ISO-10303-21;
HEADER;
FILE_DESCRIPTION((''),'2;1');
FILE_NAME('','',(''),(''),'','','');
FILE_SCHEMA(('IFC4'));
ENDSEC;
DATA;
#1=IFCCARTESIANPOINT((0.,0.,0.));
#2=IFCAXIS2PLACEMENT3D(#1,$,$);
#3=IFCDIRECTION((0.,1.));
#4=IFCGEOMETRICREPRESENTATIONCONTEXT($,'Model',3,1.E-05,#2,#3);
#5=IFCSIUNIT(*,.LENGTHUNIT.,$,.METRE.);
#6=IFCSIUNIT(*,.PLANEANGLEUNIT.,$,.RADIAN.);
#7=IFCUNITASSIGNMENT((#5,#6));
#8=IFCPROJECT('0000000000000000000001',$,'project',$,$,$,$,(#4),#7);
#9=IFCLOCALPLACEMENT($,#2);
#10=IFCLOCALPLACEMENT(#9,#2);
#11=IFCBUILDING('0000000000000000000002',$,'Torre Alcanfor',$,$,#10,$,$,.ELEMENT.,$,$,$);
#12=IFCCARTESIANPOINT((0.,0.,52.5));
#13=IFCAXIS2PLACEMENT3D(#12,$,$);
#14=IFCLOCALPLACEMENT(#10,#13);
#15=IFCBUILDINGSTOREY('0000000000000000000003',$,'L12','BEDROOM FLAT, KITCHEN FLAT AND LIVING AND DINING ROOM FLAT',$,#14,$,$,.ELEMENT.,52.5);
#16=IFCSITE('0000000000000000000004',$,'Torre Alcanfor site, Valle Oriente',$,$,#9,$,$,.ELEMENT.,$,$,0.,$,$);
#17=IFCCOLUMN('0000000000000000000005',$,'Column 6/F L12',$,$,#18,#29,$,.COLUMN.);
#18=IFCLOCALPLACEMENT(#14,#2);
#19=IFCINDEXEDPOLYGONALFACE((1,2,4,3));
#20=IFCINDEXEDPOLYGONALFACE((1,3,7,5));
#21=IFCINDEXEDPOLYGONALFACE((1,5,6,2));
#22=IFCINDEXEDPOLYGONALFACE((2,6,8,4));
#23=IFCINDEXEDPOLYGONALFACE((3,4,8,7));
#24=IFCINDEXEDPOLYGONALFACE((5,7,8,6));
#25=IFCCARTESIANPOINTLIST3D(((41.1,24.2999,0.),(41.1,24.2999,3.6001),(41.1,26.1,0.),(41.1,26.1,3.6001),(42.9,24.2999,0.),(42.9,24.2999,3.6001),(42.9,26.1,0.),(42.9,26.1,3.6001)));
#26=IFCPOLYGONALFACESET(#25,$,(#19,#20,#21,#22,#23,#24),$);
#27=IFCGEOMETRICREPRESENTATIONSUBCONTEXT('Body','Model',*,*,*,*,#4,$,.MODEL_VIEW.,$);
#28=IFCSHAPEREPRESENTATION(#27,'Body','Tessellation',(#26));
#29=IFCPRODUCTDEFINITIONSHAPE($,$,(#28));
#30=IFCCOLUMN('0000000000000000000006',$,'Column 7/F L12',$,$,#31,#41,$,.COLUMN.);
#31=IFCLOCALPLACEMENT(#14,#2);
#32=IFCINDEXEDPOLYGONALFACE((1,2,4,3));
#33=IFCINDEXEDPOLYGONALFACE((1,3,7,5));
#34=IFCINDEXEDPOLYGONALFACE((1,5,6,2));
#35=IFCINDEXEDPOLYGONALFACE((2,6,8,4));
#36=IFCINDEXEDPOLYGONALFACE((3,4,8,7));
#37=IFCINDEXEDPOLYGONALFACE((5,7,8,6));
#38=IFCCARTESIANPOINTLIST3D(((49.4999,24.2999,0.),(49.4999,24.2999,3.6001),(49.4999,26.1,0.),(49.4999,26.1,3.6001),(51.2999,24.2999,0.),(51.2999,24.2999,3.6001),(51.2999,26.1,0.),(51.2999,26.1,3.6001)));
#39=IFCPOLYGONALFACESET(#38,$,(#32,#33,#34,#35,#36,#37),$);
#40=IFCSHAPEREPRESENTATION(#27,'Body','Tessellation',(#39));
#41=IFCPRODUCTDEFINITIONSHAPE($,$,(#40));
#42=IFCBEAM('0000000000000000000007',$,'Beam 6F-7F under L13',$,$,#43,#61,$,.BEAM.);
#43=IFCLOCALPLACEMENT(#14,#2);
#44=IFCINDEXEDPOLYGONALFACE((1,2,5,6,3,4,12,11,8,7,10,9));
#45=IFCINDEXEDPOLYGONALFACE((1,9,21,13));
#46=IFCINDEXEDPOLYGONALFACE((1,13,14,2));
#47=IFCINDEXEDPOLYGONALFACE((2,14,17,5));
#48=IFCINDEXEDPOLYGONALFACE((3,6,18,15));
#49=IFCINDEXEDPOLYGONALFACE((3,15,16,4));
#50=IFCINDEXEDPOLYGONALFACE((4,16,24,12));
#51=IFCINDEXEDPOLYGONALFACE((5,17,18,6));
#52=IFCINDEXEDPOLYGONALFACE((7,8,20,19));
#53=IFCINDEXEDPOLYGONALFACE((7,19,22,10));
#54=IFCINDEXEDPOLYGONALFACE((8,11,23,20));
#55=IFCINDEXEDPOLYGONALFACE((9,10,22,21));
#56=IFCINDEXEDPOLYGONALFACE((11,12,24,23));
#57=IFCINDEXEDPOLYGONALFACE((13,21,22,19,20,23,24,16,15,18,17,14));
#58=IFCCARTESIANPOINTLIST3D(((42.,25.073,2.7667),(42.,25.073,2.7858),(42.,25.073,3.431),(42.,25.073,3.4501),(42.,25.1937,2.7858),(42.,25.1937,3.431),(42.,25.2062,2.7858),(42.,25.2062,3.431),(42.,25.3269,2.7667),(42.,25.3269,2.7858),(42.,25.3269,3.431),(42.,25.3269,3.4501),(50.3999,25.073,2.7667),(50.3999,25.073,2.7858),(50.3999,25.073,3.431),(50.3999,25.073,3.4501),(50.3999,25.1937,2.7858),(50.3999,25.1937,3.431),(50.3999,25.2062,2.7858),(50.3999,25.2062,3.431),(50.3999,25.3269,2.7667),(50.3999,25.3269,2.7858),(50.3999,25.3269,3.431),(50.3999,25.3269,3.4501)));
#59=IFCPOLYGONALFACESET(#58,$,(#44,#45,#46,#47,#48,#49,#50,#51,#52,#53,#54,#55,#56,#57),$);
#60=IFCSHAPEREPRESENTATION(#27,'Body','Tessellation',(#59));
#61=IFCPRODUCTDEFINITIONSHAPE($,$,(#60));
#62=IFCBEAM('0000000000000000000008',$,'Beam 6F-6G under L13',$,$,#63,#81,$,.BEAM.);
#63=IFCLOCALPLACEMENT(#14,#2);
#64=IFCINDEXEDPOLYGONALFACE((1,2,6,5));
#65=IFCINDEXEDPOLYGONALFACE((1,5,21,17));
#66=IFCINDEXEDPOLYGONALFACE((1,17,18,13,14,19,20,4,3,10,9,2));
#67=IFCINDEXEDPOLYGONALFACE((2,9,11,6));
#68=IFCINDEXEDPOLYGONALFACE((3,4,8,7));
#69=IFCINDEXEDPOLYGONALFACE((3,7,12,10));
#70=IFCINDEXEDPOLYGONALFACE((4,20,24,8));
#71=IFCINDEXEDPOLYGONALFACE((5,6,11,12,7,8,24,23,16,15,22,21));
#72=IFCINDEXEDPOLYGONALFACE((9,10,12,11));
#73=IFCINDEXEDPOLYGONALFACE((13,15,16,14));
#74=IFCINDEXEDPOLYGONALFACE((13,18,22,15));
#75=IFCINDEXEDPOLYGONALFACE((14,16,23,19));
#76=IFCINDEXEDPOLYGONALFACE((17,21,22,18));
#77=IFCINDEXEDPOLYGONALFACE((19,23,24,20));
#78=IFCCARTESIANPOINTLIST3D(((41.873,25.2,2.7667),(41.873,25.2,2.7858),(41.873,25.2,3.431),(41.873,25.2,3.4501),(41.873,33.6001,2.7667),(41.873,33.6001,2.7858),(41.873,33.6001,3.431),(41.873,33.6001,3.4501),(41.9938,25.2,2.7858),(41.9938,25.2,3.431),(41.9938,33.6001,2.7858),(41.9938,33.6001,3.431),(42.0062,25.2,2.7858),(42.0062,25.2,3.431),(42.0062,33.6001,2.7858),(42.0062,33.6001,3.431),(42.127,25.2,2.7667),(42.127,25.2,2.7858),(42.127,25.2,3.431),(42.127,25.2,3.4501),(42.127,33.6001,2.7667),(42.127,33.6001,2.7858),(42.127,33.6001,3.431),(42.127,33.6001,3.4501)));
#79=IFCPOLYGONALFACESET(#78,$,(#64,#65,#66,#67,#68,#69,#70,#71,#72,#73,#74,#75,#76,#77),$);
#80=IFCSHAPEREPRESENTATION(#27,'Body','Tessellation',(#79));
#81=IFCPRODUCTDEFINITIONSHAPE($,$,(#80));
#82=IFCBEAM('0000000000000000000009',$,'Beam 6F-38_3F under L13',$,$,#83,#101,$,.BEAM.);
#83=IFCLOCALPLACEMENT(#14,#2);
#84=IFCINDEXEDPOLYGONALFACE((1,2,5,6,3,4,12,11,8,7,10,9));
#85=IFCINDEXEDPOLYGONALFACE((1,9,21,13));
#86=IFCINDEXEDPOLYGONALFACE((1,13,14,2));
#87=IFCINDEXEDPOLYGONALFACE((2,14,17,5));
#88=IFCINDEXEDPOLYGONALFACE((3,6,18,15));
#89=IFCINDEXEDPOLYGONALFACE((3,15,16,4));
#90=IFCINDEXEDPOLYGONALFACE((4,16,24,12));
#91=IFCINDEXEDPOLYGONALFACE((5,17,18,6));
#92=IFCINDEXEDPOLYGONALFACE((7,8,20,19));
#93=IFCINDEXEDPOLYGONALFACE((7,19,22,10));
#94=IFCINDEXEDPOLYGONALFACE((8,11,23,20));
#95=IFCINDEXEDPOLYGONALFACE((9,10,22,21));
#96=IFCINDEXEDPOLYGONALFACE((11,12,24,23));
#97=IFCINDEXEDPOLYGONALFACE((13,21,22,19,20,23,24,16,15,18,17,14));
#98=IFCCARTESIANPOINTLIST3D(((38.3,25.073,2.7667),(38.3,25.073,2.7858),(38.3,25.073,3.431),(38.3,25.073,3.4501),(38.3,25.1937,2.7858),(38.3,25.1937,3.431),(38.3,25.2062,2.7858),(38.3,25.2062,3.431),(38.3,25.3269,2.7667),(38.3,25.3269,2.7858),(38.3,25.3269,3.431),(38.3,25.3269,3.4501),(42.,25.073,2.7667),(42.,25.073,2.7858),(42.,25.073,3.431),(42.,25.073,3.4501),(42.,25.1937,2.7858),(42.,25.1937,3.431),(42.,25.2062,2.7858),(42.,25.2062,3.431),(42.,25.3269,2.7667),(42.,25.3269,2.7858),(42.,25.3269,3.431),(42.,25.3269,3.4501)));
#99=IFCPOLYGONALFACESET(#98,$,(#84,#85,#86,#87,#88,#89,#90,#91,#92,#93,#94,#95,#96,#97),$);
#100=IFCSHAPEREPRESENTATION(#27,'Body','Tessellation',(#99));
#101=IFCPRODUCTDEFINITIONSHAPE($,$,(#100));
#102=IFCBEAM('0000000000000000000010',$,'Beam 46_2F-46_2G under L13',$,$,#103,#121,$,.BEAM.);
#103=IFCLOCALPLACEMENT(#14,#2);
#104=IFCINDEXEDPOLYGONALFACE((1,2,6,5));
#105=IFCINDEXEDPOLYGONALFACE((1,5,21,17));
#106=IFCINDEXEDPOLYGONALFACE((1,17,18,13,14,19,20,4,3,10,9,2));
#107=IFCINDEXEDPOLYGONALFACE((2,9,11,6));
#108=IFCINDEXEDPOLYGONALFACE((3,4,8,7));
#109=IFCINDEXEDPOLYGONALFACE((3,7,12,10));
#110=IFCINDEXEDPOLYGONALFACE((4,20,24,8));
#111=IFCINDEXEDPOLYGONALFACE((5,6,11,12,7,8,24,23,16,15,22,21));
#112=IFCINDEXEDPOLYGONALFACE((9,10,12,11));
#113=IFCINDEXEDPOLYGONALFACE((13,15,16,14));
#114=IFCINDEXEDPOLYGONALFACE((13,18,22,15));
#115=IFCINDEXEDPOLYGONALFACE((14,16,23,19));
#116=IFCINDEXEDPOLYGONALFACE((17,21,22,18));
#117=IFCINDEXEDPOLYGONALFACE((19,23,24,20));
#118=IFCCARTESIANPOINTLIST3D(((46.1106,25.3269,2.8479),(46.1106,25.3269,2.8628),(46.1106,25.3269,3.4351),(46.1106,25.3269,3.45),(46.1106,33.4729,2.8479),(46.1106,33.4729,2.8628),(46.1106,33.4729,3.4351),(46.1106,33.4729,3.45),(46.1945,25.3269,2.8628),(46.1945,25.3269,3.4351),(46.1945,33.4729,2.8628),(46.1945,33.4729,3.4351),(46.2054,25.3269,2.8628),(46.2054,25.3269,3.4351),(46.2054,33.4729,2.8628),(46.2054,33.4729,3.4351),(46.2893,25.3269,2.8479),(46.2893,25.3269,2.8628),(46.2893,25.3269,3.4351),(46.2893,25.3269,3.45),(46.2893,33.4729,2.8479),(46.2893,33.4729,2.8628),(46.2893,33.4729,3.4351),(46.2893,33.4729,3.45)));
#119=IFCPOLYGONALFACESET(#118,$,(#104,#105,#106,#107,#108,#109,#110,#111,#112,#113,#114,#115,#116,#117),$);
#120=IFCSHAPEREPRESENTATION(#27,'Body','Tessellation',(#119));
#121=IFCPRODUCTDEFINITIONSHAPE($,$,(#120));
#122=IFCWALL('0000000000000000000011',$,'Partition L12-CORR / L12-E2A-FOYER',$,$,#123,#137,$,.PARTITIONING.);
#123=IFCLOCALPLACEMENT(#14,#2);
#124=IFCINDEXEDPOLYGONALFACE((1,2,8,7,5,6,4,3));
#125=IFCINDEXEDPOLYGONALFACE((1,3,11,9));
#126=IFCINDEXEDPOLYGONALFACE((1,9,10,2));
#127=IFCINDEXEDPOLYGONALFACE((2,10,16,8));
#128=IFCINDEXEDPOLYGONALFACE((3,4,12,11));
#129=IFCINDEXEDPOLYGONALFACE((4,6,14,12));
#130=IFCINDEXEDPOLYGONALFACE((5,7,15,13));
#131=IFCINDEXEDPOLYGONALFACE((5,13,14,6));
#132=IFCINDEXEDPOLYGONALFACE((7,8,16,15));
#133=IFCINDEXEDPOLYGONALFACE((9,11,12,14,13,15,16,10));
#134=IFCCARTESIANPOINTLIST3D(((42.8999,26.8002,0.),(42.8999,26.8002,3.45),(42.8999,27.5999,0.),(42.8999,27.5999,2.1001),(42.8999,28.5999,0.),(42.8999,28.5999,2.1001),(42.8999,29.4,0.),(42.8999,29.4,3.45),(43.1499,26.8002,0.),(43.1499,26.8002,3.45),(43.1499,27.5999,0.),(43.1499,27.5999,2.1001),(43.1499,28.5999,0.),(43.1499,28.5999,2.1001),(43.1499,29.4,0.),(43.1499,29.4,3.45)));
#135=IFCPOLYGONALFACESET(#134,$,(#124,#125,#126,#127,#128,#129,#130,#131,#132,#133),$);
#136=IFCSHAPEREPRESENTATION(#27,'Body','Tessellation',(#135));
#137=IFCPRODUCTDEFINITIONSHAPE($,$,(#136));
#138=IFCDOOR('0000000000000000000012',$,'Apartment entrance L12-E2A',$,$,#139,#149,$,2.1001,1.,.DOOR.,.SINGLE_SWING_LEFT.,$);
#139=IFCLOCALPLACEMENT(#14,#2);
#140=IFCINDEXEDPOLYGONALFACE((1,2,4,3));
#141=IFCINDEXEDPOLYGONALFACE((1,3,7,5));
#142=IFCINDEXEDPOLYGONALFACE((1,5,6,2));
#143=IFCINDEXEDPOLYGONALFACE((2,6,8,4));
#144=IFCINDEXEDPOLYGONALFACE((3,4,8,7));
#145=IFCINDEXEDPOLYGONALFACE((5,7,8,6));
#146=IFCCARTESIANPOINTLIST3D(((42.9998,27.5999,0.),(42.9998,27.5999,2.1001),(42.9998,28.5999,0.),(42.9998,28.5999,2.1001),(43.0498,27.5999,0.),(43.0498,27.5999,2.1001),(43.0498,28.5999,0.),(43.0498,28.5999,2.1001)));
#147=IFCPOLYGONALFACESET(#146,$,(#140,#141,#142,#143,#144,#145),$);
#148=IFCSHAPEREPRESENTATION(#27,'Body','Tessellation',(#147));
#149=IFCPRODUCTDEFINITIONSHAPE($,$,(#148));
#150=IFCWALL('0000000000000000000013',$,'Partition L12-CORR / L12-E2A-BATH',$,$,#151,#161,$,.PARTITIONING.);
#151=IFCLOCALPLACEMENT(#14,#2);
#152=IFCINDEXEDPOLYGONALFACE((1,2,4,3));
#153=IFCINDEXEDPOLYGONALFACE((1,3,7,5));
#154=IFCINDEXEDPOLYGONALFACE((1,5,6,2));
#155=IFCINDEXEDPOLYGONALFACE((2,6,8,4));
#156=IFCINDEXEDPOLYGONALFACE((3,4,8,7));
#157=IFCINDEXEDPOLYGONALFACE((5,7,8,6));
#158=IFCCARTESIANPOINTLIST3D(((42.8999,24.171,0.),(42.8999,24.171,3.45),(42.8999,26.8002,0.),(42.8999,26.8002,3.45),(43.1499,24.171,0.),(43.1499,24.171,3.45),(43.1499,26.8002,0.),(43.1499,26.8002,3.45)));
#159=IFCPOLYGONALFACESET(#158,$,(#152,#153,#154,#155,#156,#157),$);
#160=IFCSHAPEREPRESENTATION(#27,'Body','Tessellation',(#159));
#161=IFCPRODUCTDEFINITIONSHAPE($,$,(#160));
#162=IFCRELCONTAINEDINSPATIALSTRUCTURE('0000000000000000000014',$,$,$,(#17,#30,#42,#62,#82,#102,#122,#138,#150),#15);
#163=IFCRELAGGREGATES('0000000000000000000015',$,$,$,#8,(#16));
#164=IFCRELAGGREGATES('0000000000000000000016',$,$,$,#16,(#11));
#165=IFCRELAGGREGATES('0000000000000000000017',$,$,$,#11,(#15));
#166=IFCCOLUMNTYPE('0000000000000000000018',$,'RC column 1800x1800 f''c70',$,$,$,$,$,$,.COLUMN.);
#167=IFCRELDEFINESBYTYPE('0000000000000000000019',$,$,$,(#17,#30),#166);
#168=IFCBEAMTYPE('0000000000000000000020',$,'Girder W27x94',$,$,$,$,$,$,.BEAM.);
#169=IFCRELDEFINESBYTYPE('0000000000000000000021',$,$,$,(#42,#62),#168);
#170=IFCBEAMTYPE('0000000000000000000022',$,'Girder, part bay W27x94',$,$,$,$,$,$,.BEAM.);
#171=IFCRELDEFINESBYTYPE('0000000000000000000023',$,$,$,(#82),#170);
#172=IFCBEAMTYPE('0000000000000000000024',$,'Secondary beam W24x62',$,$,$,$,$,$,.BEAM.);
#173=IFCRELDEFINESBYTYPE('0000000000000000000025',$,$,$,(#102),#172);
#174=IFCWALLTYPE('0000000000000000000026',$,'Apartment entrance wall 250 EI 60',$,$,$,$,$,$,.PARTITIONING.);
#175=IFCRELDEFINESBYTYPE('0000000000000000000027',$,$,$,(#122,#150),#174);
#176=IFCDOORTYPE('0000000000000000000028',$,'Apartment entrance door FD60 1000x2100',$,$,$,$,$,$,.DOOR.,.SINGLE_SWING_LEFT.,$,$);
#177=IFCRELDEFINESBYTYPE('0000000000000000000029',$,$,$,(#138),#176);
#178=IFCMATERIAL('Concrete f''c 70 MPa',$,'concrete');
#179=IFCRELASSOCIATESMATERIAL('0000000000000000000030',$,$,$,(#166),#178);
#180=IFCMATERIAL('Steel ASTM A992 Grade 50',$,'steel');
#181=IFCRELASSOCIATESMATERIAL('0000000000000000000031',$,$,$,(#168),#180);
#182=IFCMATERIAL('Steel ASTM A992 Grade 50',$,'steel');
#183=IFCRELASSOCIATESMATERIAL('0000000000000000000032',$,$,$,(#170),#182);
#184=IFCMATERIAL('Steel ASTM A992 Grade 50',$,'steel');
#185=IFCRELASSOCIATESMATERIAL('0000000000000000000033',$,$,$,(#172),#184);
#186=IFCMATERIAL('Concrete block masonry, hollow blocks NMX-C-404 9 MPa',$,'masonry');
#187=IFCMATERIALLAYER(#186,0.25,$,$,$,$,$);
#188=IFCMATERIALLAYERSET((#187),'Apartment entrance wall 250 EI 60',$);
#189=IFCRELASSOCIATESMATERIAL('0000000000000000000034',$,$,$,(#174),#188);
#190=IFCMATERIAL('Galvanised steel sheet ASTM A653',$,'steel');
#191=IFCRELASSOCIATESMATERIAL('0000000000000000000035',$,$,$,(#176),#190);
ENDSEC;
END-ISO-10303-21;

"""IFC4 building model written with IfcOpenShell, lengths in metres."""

from ifc_helpers import new_model, si_unit, direction, frame, frame_2d, origin, origin_2d, place, context, subcontext, project, spatial, rectangle, i_section, extrude, material, layer, layer_set, material_profile, profile_set, type_object, element, fill, save


model = new_model("IFC4")

# Units and contexts
model_context = context("Model", 3, precision=1e-05, world=origin(), true_north=direction((0.0, 1.0)))
body_context = subcontext(model_context, "Body", "Model", "MODEL_VIEW")
ifc_project = project(units=[si_unit("LENGTHUNIT", "METRE"), si_unit("PLANEANGLEUNIT", "RADIAN")], contexts=[model_context])

# Site, building, storey
site_placement = place(None, origin())
site = spatial("IfcSite", under=ifc_project, at=site_placement, Name="Torre Alcanfor site, Valle Oriente", CompositionType="ELEMENT", RefElevation=0.0)
building_placement = place(site_placement, origin())
building = spatial("IfcBuilding", under=site, at=building_placement, Name="Torre Alcanfor", CompositionType="ELEMENT")
storey_placement = place(building_placement, frame((0.0, 0.0, 52.5)))
storey = spatial("IfcBuildingStorey", under=building, at=storey_placement, Name="L12", Description="BEDROOM FLAT, KITCHEN FLAT AND LIVING AND DINING ROOM FLAT", CompositionType="ELEMENT", Elevation=52.5)

# Columns
ifc_material_1 = material(Name="Concrete f'c 70 MPa", Category="concrete")
ifc_material_profile_1 = material_profile(ifc_material_1, rectangle(XDim=1.8, YDim=1.8, at=origin_2d()), Name="1800x1800")
ifc_profile_set_1 = profile_set([ifc_material_profile_1], Name="Concrete f'c 70 MPa")
column_type = type_object("IfcColumnType", Name="RC column 1800x1800 f'c70", PredefinedType="COLUMN", material=ifc_profile_set_1)
for number, where, z_axis, x_axis, name in (
    (1, (42.0, 25.2, 0.0), (0.0, 0.0, 1.0), (1.0, 0.0, 0.0), "Column 6/F L12"),
    (2, (50.3999, 25.2, 0.0), (0.0, 0.0, 1.0), (1.0, 0.0, 0.0), "Column 7/F L12"),
):
    element("IfcColumn", number, at=place(storey_placement, frame(where, z_axis=z_axis, x_axis=x_axis)), inside=storey, type_object=column_type, Name=name, PredefinedType="COLUMN", context=body_context, shape_type="SweptSolid", body=[
        extrude(rectangle(XDim=1.8, YDim=1.8, at=origin_2d()), origin(), (0.0, 0.0, 1.0), 3.6001),
    ])

# Beams
ifc_material_2 = material(Name="Steel ASTM A992 Grade 50", Category="steel")
ifc_material_profile_2 = material_profile(ifc_material_2, i_section(OverallWidth=0.2539, OverallDepth=0.6833, WebThickness=0.0125, FlangeThickness=0.019, at=origin_2d()), Name="W27x94")
ifc_profile_set_2 = profile_set([ifc_material_profile_2], Name="Steel ASTM A992 Grade 50")
beam_type_1 = type_object("IfcBeamType", Name="Girder W27x94", PredefinedType="BEAM", material=ifc_profile_set_2)
beam_1_placement = place(storey_placement, frame((42.0, 25.2, 3.1084), z_axis=(1.0, 0.0, 0.0), x_axis=(0.0, 1.0, 0.0)))
element("IfcBeam", 3, at=beam_1_placement, inside=storey, type_object=beam_type_1, Name="Beam 6F-7F under L13", PredefinedType="BEAM", context=body_context, shape_type="SweptSolid", body=[
    extrude(i_section(OverallWidth=0.2539, OverallDepth=0.6833, WebThickness=0.0125, FlangeThickness=0.019, at=origin_2d()), origin(), (0.0, 0.0, 1.0), 8.3999),
])
beam_2_placement = place(storey_placement, frame((42.0, 25.2, 3.1084), z_axis=(0.0, 1.0, 0.0), x_axis=(-1.0, 0.0, 0.0)))
element("IfcBeam", 4, at=beam_2_placement, inside=storey, type_object=beam_type_1, Name="Beam 6F-6G under L13", PredefinedType="BEAM", context=body_context, shape_type="SweptSolid", body=[
    extrude(i_section(OverallWidth=0.2539, OverallDepth=0.6833, WebThickness=0.0125, FlangeThickness=0.019, at=origin_2d()), origin(), (0.0, 0.0, 1.0), 8.4001),
])
ifc_material_3 = material(Name="Steel ASTM A992 Grade 50", Category="steel")
ifc_material_profile_3 = material_profile(ifc_material_3, i_section(OverallWidth=0.2539, OverallDepth=0.6833, WebThickness=0.0125, FlangeThickness=0.019, at=origin_2d()), Name="W27x94")
ifc_profile_set_3 = profile_set([ifc_material_profile_3], Name="Steel ASTM A992 Grade 50")
beam_type_2 = type_object("IfcBeamType", Name="Girder, part bay W27x94", PredefinedType="BEAM", material=ifc_profile_set_3)
beam_3_placement = place(storey_placement, frame((42.0, 25.2, 3.1084), z_axis=(-1.0, 0.0, 0.0), x_axis=(0.0, -1.0, 0.0)))
element("IfcBeam", 5, at=beam_3_placement, inside=storey, type_object=beam_type_2, Name="Beam 6F-38_3F under L13", PredefinedType="BEAM", context=body_context, shape_type="SweptSolid", body=[
    extrude(i_section(OverallWidth=0.2539, OverallDepth=0.6833, WebThickness=0.0125, FlangeThickness=0.019, at=origin_2d()), origin(), (0.0, 0.0, 1.0), 3.7),
])
ifc_material_4 = material(Name="Steel ASTM A992 Grade 50", Category="steel")
ifc_material_profile_4 = material_profile(ifc_material_4, i_section(OverallWidth=0.1787, OverallDepth=0.6021, WebThickness=0.011, FlangeThickness=0.0149, at=origin_2d()), Name="W24x62")
ifc_profile_set_4 = profile_set([ifc_material_profile_4], Name="Steel ASTM A992 Grade 50")
beam_type_3 = type_object("IfcBeamType", Name="Secondary beam W24x62", PredefinedType="BEAM", material=ifc_profile_set_4)
beam_4_placement = place(storey_placement, frame((46.2, 25.3269, 3.1489), z_axis=(0.0, 1.0, 0.0), x_axis=(-1.0, 0.0, 0.0)))
element("IfcBeam", 6, at=beam_4_placement, inside=storey, type_object=beam_type_3, Name="Beam 46_2F-46_2G under L13", PredefinedType="BEAM", context=body_context, shape_type="SweptSolid", body=[
    extrude(i_section(OverallWidth=0.1787, OverallDepth=0.6021, WebThickness=0.011, FlangeThickness=0.0149, at=origin_2d()), origin(), (0.0, 0.0, 1.0), 8.146),
])

# Wall, opening, door
ifc_material_5 = material(Name="Concrete block masonry, hollow blocks NMX-C-404 9 MPa", Category="masonry")
ifc_layer_1 = layer(ifc_material_5, 0.25)
ifc_layer_set_1 = layer_set([ifc_layer_1], Name="Apartment entrance wall 250 EI 60")
wall_type_1 = type_object("IfcWallType", Name="Apartment entrance wall 250 EI 60", PredefinedType="PARTITIONING", material=ifc_layer_set_1)
wall_1_placement = place(storey_placement, frame((43.0249, 29.3999, 0.0), z_axis=(0.0, 0.0, 1.0), x_axis=(0.0, -1.0, 0.0)))
wall_1 = element("IfcWall", 7, at=wall_1_placement, inside=storey, type_object=wall_type_1, Name="Partition L12-CORR / L12-E2A-FOYER", PredefinedType="PARTITIONING", context=body_context, shape_type="SweptSolid", body=[
    extrude(rectangle(XDim=2.5999, YDim=0.25, at=frame_2d((1.2998, 0.0))), origin(), (0.0, 0.0, 1.0), 3.45),
])
opening_1_placement = place(wall_1_placement, frame((0.8, 0.0, 0.0)))
opening_1 = element("IfcOpeningElement", 8, at=opening_1_placement, cuts=wall_1, PredefinedType="OPENING", context=body_context, shape_type="SweptSolid", body=[
    extrude(rectangle(XDim=1.0, YDim=2.1001, at=frame_2d((0.5, 1.05))), frame((0.0, 0.135, 0.0), z_axis=(0.0, -1.0, 0.0), x_axis=(1.0, 0.0, 0.0)), (0.0, 0.0, 1.0), 0.27),
])
ifc_material_6 = material(Name="Galvanised steel sheet ASTM A653", Category="steel")
door_type_1 = type_object("IfcDoorType", Name="Apartment entrance door FD60 1000x2100", OperationType="SINGLE_SWING_LEFT", PredefinedType="DOOR", material=ifc_material_6)
door_1_placement = place(opening_1_placement, origin())
door_1 = element("IfcDoor", 9, at=door_1_placement, inside=storey, type_object=door_type_1, Name="Apartment entrance L12-E2A", OperationType="SINGLE_SWING_LEFT", OverallHeight=2.1001, OverallWidth=1.0, PredefinedType="DOOR", context=body_context, shape_type="SweptSolid", body=[
    extrude(rectangle(XDim=1.0, YDim=2.1001, at=frame_2d((0.5, 1.05))), frame((0.0, 0.0249, 0.0), z_axis=(0.0, -1.0, 0.0), x_axis=(1.0, 0.0, 0.0)), (0.0, 0.0, 1.0), 0.05),
])
fill(opening_1, door_1)

# Wall
wall_2_placement = place(storey_placement, frame((43.0249, 26.8, 0.0), z_axis=(0.0, 0.0, 1.0), x_axis=(0.0, -1.0, 0.0)))
element("IfcWall", 10, at=wall_2_placement, inside=storey, type_object=wall_type_1, Name="Partition L12-CORR / L12-E2A-BATH", PredefinedType="PARTITIONING", context=body_context, shape_type="SweptSolid", body=[
    extrude(rectangle(XDim=2.6292, YDim=0.25, at=frame_2d((1.3145, 0.0))), origin(), (0.0, 0.0, 1.0), 3.45),
])

save(model, "model.ifc")
